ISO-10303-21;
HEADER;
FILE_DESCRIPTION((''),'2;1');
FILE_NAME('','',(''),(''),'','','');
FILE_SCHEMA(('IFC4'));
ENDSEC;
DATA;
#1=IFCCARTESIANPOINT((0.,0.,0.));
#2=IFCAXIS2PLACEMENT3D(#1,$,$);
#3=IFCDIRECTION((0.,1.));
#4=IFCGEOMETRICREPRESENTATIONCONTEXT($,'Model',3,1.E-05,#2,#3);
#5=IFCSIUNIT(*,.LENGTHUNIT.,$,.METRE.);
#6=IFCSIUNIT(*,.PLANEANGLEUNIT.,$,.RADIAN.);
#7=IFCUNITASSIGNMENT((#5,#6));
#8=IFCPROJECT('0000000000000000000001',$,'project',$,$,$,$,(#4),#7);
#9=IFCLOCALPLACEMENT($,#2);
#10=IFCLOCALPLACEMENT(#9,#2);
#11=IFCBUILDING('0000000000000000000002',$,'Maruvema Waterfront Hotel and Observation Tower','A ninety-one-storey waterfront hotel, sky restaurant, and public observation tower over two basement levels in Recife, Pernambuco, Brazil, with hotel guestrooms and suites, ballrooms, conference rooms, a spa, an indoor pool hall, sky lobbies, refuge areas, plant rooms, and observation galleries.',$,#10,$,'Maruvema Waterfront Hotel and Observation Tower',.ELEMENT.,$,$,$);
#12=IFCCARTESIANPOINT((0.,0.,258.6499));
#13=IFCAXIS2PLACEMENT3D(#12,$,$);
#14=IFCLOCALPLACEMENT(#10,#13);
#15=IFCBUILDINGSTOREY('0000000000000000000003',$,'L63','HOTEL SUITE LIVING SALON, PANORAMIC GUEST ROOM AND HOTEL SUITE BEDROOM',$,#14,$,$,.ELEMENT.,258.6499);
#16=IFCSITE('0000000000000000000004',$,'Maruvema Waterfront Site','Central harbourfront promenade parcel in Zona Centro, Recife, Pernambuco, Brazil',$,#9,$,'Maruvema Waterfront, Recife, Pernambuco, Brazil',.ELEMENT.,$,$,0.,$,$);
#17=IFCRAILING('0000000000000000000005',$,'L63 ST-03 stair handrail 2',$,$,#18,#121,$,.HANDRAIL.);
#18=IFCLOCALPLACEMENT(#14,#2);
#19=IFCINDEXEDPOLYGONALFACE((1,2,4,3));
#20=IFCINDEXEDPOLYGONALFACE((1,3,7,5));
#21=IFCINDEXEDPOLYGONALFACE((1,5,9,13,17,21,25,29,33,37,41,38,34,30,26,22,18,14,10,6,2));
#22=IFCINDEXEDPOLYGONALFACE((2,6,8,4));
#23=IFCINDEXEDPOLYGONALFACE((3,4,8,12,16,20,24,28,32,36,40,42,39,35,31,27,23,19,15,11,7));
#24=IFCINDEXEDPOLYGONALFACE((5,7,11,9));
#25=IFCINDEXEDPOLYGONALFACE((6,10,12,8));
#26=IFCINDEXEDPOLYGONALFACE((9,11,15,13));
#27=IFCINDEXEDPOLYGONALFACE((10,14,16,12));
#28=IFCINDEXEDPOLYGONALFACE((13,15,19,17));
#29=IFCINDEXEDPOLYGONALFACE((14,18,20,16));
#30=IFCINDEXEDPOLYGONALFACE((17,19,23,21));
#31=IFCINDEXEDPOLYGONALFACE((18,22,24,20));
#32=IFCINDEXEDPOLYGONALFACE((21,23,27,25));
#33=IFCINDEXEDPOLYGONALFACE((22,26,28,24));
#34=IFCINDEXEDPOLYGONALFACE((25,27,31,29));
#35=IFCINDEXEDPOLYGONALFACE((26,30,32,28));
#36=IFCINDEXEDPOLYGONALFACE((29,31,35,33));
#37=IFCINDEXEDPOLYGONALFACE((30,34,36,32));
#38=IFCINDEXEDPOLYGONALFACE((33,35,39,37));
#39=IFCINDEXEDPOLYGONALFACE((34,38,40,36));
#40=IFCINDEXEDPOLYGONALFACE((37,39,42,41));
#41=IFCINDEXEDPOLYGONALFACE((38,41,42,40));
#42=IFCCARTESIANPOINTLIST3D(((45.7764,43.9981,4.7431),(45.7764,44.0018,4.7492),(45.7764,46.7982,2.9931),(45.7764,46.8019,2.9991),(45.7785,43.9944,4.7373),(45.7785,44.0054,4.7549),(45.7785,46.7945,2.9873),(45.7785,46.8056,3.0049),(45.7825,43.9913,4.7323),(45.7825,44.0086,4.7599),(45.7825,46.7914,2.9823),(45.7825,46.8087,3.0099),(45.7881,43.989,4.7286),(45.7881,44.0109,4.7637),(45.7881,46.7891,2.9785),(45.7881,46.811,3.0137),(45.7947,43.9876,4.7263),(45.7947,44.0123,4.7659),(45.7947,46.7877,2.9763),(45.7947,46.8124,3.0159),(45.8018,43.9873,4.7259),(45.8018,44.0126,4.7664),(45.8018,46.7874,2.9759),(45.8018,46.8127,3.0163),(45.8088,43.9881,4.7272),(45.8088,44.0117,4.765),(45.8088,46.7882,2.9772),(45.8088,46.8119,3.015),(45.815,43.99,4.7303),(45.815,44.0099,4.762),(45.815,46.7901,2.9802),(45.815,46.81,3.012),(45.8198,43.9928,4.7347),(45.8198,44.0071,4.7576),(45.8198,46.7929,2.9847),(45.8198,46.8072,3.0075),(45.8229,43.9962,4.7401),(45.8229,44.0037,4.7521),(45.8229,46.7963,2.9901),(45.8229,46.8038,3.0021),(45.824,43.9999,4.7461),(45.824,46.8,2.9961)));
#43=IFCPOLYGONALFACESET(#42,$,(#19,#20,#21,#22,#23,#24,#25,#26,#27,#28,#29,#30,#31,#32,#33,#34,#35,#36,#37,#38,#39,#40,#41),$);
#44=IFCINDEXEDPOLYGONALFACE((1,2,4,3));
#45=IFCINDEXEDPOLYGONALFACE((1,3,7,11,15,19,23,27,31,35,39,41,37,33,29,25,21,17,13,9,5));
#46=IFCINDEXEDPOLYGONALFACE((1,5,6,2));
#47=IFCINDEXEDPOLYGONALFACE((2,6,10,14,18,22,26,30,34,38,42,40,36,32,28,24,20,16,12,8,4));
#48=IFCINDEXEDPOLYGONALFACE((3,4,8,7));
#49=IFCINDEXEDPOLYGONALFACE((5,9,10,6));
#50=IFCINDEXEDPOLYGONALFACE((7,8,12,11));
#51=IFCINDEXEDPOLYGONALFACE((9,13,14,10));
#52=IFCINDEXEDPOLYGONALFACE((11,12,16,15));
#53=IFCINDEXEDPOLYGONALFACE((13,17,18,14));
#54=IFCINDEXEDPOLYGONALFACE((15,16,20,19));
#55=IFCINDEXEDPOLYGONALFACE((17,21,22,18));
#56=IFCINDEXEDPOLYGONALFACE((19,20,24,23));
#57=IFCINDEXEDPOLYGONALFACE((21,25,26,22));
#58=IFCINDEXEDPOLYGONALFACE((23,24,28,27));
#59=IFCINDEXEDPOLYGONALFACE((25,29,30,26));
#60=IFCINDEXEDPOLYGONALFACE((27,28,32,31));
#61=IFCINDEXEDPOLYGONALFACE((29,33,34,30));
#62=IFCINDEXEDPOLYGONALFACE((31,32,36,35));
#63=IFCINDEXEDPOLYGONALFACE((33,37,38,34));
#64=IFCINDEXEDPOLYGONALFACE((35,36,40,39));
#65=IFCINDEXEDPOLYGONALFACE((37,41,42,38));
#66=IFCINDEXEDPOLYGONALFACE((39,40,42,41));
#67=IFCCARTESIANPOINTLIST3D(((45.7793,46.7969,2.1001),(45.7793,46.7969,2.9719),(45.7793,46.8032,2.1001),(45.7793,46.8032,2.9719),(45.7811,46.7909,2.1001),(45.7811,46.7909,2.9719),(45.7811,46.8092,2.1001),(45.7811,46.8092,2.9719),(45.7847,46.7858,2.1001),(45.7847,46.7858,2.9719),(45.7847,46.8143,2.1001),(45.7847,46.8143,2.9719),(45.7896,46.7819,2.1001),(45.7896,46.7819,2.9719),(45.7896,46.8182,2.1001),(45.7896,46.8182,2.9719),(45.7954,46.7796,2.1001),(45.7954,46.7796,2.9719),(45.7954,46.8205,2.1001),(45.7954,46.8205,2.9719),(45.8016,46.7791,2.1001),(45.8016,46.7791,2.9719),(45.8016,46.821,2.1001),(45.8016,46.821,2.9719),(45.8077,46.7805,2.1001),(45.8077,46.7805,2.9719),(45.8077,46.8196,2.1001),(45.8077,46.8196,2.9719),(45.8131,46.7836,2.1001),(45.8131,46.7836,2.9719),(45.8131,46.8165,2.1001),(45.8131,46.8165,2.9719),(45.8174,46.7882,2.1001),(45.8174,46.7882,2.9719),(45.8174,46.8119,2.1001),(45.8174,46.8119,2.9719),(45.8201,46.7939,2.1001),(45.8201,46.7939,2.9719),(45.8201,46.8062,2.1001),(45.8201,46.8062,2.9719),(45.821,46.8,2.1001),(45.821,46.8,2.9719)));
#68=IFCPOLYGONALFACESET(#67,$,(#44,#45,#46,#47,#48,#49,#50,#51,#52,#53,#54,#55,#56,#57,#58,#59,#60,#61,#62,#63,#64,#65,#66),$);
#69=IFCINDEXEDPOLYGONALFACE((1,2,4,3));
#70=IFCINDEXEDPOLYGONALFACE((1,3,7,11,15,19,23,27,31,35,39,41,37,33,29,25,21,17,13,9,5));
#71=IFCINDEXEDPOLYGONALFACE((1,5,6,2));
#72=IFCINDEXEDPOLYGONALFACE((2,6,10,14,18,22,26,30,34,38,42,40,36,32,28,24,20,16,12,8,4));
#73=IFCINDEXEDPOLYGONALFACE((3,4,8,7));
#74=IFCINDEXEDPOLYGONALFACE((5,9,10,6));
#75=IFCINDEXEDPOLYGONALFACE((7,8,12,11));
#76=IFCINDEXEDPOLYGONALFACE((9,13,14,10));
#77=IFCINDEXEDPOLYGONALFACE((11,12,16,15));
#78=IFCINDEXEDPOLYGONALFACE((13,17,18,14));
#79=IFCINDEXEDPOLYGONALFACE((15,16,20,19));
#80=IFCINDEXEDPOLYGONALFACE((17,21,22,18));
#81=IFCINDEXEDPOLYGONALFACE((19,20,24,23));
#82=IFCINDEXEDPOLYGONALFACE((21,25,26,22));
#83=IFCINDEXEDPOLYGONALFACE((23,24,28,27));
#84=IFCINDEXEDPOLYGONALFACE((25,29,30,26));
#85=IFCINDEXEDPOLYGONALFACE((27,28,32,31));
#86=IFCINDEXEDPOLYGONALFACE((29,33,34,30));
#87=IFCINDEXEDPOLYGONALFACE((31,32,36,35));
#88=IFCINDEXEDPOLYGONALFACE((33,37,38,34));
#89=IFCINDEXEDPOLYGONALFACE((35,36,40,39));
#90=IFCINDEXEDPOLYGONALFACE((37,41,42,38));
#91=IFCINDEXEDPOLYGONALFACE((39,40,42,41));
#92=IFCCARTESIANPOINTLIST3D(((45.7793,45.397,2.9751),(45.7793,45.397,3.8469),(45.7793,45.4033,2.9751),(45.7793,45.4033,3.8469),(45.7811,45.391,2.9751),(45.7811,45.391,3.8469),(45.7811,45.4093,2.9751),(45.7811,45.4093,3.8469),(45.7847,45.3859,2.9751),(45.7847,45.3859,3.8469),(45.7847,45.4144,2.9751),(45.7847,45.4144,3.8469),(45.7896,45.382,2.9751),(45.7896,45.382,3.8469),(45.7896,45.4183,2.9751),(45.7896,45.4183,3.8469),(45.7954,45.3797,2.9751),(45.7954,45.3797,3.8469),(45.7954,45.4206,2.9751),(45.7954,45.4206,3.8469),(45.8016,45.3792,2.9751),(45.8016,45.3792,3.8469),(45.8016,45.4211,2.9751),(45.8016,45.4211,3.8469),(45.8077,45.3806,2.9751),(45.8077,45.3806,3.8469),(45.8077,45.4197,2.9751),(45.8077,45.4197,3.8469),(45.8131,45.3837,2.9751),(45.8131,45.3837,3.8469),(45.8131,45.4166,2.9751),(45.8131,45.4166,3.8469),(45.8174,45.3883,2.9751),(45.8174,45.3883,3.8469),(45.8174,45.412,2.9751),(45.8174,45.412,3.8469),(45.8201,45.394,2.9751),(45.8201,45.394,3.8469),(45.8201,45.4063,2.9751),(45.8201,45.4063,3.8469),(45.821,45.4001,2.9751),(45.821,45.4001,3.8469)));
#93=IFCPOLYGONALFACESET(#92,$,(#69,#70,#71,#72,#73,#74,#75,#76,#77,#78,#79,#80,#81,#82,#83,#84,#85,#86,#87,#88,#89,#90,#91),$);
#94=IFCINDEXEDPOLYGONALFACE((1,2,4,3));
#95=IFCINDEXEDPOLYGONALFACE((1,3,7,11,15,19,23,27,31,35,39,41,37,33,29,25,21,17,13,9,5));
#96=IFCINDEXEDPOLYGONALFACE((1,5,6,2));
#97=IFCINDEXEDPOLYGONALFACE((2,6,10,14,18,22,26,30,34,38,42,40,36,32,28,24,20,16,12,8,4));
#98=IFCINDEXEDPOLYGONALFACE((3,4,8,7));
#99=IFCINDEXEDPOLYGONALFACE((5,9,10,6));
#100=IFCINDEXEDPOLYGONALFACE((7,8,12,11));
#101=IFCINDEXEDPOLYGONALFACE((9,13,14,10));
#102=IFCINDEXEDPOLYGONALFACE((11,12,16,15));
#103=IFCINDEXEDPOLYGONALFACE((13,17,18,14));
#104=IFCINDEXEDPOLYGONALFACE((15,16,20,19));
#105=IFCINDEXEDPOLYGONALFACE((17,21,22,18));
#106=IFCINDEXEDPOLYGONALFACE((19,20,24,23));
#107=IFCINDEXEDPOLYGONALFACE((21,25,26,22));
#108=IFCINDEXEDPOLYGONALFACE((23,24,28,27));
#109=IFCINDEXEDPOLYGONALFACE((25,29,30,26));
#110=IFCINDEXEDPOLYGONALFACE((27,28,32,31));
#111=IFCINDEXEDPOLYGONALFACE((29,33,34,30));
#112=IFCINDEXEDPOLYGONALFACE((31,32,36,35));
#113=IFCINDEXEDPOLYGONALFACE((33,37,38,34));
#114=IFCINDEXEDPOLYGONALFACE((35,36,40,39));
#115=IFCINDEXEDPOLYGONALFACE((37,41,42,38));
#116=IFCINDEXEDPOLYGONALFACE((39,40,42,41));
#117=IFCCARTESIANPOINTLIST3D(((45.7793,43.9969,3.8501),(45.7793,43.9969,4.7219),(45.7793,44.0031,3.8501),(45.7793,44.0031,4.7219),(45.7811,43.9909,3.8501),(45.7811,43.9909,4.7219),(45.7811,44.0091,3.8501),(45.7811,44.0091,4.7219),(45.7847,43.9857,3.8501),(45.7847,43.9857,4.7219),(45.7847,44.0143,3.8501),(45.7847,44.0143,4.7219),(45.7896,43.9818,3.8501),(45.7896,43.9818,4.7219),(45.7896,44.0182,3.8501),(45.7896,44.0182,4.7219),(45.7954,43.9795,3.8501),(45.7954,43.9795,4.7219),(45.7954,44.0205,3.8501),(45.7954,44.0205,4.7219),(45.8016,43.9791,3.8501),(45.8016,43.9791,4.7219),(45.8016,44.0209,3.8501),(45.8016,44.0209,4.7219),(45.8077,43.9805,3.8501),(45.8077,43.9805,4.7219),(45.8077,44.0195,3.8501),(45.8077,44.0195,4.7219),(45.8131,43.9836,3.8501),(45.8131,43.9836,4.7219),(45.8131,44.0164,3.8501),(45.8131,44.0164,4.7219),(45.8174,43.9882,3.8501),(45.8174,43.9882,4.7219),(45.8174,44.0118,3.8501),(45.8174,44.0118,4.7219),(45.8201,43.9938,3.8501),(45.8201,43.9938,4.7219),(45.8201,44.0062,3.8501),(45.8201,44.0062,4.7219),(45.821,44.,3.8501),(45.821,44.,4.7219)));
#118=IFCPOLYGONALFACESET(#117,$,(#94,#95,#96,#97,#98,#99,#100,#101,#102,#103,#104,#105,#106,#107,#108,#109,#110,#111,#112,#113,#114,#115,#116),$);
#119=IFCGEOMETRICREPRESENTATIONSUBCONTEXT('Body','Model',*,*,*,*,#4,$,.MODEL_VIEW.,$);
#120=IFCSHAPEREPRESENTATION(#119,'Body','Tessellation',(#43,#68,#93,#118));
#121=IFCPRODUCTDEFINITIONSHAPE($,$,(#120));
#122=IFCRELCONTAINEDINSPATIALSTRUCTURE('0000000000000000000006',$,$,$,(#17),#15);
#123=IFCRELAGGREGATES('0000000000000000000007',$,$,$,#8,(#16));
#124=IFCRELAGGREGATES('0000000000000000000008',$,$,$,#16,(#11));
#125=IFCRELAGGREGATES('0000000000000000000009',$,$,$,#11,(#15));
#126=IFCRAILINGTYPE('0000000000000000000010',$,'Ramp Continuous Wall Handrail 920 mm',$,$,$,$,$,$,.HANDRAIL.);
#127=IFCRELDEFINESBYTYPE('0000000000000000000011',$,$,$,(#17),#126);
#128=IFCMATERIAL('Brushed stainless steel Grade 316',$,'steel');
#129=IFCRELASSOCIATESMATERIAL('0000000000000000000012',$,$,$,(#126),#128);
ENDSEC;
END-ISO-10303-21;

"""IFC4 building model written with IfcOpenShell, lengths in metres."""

from ifc_helpers import new_model, si_unit, direction, frame, origin, origin_2d, place, context, subcontext, project, spatial, circle, extrude, material, type_object, element, save


model = new_model("IFC4")

# Units and contexts
model_context = context("Model", 3, precision=1e-05, world=origin(), true_north=direction((0.0, 1.0)))
body_context = subcontext(model_context, "Body", "Model", "MODEL_VIEW")
ifc_project = project(units=[si_unit("LENGTHUNIT", "METRE"), si_unit("PLANEANGLEUNIT", "RADIAN")], contexts=[model_context])

# Site, building, storey
site_placement = place(None, origin())
site = spatial("IfcSite", under=ifc_project, at=site_placement, Name="Maruvema Waterfront Site", Description="Central harbourfront promenade parcel in Zona Centro, Recife, Pernambuco, Brazil", LongName="Maruvema Waterfront, Recife, Pernambuco, Brazil", CompositionType="ELEMENT", RefElevation=0.0)
building_placement = place(site_placement, origin())
building = spatial("IfcBuilding", under=site, at=building_placement, Name="Maruvema Waterfront Hotel and Observation Tower", Description="A ninety-one-storey waterfront hotel, sky restaurant, and public observation tower over two basement levels in Recife, Pernambuco, Brazil, with hotel guestrooms and suites, ballrooms, conference rooms, a spa, an indoor pool hall, sky lobbies, refuge areas, plant rooms, and observation galleries.", LongName="Maruvema Waterfront Hotel and Observation Tower", CompositionType="ELEMENT")
storey_placement = place(building_placement, frame((0.0, 0.0, 258.6499)))
storey = spatial("IfcBuildingStorey", under=building, at=storey_placement, Name="L63", Description="HOTEL SUITE LIVING SALON, PANORAMIC GUEST ROOM AND HOTEL SUITE BEDROOM", CompositionType="ELEMENT", Elevation=258.6499)

# Railing
ifc_material_1 = material(Name="Brushed stainless steel Grade 316", Category="steel")
railing_type_1 = type_object("IfcRailingType", Name="Ramp Continuous Wall Handrail 920 mm", PredefinedType="HANDRAIL", material=ifc_material_1)
railing_1_placement = place(storey_placement, frame((45.8, 46.8, 2.1001)))
element("IfcRailing", 1, at=railing_1_placement, inside=storey, type_object=railing_type_1, Name="L63 ST-03 stair handrail 2", PredefinedType="HANDRAIL", context=body_context, shape_type="SweptSolid", body=[
    extrude(circle(Radius=0.0239, at=origin_2d()), frame((0.0, 0.0, 0.896), z_axis=(0.0, -0.848002, 0.529992), x_axis=(1.0, 0.0, 0.0)), (0.0, 0.0, 1.0), 3.302),
    extrude(circle(Radius=0.021, at=origin_2d()), origin(), (0.0, 0.0, 1.0), 0.8718),
    extrude(circle(Radius=0.021, at=origin_2d()), frame((0.0, -1.3999, 0.875)), (0.0, 0.0, 1.0), 0.8718),
    extrude(circle(Radius=0.021, at=origin_2d()), frame((0.0, -2.8, 1.75)), (0.0, 0.0, 1.0), 0.8718),
])

save(model, "model.ifc")
